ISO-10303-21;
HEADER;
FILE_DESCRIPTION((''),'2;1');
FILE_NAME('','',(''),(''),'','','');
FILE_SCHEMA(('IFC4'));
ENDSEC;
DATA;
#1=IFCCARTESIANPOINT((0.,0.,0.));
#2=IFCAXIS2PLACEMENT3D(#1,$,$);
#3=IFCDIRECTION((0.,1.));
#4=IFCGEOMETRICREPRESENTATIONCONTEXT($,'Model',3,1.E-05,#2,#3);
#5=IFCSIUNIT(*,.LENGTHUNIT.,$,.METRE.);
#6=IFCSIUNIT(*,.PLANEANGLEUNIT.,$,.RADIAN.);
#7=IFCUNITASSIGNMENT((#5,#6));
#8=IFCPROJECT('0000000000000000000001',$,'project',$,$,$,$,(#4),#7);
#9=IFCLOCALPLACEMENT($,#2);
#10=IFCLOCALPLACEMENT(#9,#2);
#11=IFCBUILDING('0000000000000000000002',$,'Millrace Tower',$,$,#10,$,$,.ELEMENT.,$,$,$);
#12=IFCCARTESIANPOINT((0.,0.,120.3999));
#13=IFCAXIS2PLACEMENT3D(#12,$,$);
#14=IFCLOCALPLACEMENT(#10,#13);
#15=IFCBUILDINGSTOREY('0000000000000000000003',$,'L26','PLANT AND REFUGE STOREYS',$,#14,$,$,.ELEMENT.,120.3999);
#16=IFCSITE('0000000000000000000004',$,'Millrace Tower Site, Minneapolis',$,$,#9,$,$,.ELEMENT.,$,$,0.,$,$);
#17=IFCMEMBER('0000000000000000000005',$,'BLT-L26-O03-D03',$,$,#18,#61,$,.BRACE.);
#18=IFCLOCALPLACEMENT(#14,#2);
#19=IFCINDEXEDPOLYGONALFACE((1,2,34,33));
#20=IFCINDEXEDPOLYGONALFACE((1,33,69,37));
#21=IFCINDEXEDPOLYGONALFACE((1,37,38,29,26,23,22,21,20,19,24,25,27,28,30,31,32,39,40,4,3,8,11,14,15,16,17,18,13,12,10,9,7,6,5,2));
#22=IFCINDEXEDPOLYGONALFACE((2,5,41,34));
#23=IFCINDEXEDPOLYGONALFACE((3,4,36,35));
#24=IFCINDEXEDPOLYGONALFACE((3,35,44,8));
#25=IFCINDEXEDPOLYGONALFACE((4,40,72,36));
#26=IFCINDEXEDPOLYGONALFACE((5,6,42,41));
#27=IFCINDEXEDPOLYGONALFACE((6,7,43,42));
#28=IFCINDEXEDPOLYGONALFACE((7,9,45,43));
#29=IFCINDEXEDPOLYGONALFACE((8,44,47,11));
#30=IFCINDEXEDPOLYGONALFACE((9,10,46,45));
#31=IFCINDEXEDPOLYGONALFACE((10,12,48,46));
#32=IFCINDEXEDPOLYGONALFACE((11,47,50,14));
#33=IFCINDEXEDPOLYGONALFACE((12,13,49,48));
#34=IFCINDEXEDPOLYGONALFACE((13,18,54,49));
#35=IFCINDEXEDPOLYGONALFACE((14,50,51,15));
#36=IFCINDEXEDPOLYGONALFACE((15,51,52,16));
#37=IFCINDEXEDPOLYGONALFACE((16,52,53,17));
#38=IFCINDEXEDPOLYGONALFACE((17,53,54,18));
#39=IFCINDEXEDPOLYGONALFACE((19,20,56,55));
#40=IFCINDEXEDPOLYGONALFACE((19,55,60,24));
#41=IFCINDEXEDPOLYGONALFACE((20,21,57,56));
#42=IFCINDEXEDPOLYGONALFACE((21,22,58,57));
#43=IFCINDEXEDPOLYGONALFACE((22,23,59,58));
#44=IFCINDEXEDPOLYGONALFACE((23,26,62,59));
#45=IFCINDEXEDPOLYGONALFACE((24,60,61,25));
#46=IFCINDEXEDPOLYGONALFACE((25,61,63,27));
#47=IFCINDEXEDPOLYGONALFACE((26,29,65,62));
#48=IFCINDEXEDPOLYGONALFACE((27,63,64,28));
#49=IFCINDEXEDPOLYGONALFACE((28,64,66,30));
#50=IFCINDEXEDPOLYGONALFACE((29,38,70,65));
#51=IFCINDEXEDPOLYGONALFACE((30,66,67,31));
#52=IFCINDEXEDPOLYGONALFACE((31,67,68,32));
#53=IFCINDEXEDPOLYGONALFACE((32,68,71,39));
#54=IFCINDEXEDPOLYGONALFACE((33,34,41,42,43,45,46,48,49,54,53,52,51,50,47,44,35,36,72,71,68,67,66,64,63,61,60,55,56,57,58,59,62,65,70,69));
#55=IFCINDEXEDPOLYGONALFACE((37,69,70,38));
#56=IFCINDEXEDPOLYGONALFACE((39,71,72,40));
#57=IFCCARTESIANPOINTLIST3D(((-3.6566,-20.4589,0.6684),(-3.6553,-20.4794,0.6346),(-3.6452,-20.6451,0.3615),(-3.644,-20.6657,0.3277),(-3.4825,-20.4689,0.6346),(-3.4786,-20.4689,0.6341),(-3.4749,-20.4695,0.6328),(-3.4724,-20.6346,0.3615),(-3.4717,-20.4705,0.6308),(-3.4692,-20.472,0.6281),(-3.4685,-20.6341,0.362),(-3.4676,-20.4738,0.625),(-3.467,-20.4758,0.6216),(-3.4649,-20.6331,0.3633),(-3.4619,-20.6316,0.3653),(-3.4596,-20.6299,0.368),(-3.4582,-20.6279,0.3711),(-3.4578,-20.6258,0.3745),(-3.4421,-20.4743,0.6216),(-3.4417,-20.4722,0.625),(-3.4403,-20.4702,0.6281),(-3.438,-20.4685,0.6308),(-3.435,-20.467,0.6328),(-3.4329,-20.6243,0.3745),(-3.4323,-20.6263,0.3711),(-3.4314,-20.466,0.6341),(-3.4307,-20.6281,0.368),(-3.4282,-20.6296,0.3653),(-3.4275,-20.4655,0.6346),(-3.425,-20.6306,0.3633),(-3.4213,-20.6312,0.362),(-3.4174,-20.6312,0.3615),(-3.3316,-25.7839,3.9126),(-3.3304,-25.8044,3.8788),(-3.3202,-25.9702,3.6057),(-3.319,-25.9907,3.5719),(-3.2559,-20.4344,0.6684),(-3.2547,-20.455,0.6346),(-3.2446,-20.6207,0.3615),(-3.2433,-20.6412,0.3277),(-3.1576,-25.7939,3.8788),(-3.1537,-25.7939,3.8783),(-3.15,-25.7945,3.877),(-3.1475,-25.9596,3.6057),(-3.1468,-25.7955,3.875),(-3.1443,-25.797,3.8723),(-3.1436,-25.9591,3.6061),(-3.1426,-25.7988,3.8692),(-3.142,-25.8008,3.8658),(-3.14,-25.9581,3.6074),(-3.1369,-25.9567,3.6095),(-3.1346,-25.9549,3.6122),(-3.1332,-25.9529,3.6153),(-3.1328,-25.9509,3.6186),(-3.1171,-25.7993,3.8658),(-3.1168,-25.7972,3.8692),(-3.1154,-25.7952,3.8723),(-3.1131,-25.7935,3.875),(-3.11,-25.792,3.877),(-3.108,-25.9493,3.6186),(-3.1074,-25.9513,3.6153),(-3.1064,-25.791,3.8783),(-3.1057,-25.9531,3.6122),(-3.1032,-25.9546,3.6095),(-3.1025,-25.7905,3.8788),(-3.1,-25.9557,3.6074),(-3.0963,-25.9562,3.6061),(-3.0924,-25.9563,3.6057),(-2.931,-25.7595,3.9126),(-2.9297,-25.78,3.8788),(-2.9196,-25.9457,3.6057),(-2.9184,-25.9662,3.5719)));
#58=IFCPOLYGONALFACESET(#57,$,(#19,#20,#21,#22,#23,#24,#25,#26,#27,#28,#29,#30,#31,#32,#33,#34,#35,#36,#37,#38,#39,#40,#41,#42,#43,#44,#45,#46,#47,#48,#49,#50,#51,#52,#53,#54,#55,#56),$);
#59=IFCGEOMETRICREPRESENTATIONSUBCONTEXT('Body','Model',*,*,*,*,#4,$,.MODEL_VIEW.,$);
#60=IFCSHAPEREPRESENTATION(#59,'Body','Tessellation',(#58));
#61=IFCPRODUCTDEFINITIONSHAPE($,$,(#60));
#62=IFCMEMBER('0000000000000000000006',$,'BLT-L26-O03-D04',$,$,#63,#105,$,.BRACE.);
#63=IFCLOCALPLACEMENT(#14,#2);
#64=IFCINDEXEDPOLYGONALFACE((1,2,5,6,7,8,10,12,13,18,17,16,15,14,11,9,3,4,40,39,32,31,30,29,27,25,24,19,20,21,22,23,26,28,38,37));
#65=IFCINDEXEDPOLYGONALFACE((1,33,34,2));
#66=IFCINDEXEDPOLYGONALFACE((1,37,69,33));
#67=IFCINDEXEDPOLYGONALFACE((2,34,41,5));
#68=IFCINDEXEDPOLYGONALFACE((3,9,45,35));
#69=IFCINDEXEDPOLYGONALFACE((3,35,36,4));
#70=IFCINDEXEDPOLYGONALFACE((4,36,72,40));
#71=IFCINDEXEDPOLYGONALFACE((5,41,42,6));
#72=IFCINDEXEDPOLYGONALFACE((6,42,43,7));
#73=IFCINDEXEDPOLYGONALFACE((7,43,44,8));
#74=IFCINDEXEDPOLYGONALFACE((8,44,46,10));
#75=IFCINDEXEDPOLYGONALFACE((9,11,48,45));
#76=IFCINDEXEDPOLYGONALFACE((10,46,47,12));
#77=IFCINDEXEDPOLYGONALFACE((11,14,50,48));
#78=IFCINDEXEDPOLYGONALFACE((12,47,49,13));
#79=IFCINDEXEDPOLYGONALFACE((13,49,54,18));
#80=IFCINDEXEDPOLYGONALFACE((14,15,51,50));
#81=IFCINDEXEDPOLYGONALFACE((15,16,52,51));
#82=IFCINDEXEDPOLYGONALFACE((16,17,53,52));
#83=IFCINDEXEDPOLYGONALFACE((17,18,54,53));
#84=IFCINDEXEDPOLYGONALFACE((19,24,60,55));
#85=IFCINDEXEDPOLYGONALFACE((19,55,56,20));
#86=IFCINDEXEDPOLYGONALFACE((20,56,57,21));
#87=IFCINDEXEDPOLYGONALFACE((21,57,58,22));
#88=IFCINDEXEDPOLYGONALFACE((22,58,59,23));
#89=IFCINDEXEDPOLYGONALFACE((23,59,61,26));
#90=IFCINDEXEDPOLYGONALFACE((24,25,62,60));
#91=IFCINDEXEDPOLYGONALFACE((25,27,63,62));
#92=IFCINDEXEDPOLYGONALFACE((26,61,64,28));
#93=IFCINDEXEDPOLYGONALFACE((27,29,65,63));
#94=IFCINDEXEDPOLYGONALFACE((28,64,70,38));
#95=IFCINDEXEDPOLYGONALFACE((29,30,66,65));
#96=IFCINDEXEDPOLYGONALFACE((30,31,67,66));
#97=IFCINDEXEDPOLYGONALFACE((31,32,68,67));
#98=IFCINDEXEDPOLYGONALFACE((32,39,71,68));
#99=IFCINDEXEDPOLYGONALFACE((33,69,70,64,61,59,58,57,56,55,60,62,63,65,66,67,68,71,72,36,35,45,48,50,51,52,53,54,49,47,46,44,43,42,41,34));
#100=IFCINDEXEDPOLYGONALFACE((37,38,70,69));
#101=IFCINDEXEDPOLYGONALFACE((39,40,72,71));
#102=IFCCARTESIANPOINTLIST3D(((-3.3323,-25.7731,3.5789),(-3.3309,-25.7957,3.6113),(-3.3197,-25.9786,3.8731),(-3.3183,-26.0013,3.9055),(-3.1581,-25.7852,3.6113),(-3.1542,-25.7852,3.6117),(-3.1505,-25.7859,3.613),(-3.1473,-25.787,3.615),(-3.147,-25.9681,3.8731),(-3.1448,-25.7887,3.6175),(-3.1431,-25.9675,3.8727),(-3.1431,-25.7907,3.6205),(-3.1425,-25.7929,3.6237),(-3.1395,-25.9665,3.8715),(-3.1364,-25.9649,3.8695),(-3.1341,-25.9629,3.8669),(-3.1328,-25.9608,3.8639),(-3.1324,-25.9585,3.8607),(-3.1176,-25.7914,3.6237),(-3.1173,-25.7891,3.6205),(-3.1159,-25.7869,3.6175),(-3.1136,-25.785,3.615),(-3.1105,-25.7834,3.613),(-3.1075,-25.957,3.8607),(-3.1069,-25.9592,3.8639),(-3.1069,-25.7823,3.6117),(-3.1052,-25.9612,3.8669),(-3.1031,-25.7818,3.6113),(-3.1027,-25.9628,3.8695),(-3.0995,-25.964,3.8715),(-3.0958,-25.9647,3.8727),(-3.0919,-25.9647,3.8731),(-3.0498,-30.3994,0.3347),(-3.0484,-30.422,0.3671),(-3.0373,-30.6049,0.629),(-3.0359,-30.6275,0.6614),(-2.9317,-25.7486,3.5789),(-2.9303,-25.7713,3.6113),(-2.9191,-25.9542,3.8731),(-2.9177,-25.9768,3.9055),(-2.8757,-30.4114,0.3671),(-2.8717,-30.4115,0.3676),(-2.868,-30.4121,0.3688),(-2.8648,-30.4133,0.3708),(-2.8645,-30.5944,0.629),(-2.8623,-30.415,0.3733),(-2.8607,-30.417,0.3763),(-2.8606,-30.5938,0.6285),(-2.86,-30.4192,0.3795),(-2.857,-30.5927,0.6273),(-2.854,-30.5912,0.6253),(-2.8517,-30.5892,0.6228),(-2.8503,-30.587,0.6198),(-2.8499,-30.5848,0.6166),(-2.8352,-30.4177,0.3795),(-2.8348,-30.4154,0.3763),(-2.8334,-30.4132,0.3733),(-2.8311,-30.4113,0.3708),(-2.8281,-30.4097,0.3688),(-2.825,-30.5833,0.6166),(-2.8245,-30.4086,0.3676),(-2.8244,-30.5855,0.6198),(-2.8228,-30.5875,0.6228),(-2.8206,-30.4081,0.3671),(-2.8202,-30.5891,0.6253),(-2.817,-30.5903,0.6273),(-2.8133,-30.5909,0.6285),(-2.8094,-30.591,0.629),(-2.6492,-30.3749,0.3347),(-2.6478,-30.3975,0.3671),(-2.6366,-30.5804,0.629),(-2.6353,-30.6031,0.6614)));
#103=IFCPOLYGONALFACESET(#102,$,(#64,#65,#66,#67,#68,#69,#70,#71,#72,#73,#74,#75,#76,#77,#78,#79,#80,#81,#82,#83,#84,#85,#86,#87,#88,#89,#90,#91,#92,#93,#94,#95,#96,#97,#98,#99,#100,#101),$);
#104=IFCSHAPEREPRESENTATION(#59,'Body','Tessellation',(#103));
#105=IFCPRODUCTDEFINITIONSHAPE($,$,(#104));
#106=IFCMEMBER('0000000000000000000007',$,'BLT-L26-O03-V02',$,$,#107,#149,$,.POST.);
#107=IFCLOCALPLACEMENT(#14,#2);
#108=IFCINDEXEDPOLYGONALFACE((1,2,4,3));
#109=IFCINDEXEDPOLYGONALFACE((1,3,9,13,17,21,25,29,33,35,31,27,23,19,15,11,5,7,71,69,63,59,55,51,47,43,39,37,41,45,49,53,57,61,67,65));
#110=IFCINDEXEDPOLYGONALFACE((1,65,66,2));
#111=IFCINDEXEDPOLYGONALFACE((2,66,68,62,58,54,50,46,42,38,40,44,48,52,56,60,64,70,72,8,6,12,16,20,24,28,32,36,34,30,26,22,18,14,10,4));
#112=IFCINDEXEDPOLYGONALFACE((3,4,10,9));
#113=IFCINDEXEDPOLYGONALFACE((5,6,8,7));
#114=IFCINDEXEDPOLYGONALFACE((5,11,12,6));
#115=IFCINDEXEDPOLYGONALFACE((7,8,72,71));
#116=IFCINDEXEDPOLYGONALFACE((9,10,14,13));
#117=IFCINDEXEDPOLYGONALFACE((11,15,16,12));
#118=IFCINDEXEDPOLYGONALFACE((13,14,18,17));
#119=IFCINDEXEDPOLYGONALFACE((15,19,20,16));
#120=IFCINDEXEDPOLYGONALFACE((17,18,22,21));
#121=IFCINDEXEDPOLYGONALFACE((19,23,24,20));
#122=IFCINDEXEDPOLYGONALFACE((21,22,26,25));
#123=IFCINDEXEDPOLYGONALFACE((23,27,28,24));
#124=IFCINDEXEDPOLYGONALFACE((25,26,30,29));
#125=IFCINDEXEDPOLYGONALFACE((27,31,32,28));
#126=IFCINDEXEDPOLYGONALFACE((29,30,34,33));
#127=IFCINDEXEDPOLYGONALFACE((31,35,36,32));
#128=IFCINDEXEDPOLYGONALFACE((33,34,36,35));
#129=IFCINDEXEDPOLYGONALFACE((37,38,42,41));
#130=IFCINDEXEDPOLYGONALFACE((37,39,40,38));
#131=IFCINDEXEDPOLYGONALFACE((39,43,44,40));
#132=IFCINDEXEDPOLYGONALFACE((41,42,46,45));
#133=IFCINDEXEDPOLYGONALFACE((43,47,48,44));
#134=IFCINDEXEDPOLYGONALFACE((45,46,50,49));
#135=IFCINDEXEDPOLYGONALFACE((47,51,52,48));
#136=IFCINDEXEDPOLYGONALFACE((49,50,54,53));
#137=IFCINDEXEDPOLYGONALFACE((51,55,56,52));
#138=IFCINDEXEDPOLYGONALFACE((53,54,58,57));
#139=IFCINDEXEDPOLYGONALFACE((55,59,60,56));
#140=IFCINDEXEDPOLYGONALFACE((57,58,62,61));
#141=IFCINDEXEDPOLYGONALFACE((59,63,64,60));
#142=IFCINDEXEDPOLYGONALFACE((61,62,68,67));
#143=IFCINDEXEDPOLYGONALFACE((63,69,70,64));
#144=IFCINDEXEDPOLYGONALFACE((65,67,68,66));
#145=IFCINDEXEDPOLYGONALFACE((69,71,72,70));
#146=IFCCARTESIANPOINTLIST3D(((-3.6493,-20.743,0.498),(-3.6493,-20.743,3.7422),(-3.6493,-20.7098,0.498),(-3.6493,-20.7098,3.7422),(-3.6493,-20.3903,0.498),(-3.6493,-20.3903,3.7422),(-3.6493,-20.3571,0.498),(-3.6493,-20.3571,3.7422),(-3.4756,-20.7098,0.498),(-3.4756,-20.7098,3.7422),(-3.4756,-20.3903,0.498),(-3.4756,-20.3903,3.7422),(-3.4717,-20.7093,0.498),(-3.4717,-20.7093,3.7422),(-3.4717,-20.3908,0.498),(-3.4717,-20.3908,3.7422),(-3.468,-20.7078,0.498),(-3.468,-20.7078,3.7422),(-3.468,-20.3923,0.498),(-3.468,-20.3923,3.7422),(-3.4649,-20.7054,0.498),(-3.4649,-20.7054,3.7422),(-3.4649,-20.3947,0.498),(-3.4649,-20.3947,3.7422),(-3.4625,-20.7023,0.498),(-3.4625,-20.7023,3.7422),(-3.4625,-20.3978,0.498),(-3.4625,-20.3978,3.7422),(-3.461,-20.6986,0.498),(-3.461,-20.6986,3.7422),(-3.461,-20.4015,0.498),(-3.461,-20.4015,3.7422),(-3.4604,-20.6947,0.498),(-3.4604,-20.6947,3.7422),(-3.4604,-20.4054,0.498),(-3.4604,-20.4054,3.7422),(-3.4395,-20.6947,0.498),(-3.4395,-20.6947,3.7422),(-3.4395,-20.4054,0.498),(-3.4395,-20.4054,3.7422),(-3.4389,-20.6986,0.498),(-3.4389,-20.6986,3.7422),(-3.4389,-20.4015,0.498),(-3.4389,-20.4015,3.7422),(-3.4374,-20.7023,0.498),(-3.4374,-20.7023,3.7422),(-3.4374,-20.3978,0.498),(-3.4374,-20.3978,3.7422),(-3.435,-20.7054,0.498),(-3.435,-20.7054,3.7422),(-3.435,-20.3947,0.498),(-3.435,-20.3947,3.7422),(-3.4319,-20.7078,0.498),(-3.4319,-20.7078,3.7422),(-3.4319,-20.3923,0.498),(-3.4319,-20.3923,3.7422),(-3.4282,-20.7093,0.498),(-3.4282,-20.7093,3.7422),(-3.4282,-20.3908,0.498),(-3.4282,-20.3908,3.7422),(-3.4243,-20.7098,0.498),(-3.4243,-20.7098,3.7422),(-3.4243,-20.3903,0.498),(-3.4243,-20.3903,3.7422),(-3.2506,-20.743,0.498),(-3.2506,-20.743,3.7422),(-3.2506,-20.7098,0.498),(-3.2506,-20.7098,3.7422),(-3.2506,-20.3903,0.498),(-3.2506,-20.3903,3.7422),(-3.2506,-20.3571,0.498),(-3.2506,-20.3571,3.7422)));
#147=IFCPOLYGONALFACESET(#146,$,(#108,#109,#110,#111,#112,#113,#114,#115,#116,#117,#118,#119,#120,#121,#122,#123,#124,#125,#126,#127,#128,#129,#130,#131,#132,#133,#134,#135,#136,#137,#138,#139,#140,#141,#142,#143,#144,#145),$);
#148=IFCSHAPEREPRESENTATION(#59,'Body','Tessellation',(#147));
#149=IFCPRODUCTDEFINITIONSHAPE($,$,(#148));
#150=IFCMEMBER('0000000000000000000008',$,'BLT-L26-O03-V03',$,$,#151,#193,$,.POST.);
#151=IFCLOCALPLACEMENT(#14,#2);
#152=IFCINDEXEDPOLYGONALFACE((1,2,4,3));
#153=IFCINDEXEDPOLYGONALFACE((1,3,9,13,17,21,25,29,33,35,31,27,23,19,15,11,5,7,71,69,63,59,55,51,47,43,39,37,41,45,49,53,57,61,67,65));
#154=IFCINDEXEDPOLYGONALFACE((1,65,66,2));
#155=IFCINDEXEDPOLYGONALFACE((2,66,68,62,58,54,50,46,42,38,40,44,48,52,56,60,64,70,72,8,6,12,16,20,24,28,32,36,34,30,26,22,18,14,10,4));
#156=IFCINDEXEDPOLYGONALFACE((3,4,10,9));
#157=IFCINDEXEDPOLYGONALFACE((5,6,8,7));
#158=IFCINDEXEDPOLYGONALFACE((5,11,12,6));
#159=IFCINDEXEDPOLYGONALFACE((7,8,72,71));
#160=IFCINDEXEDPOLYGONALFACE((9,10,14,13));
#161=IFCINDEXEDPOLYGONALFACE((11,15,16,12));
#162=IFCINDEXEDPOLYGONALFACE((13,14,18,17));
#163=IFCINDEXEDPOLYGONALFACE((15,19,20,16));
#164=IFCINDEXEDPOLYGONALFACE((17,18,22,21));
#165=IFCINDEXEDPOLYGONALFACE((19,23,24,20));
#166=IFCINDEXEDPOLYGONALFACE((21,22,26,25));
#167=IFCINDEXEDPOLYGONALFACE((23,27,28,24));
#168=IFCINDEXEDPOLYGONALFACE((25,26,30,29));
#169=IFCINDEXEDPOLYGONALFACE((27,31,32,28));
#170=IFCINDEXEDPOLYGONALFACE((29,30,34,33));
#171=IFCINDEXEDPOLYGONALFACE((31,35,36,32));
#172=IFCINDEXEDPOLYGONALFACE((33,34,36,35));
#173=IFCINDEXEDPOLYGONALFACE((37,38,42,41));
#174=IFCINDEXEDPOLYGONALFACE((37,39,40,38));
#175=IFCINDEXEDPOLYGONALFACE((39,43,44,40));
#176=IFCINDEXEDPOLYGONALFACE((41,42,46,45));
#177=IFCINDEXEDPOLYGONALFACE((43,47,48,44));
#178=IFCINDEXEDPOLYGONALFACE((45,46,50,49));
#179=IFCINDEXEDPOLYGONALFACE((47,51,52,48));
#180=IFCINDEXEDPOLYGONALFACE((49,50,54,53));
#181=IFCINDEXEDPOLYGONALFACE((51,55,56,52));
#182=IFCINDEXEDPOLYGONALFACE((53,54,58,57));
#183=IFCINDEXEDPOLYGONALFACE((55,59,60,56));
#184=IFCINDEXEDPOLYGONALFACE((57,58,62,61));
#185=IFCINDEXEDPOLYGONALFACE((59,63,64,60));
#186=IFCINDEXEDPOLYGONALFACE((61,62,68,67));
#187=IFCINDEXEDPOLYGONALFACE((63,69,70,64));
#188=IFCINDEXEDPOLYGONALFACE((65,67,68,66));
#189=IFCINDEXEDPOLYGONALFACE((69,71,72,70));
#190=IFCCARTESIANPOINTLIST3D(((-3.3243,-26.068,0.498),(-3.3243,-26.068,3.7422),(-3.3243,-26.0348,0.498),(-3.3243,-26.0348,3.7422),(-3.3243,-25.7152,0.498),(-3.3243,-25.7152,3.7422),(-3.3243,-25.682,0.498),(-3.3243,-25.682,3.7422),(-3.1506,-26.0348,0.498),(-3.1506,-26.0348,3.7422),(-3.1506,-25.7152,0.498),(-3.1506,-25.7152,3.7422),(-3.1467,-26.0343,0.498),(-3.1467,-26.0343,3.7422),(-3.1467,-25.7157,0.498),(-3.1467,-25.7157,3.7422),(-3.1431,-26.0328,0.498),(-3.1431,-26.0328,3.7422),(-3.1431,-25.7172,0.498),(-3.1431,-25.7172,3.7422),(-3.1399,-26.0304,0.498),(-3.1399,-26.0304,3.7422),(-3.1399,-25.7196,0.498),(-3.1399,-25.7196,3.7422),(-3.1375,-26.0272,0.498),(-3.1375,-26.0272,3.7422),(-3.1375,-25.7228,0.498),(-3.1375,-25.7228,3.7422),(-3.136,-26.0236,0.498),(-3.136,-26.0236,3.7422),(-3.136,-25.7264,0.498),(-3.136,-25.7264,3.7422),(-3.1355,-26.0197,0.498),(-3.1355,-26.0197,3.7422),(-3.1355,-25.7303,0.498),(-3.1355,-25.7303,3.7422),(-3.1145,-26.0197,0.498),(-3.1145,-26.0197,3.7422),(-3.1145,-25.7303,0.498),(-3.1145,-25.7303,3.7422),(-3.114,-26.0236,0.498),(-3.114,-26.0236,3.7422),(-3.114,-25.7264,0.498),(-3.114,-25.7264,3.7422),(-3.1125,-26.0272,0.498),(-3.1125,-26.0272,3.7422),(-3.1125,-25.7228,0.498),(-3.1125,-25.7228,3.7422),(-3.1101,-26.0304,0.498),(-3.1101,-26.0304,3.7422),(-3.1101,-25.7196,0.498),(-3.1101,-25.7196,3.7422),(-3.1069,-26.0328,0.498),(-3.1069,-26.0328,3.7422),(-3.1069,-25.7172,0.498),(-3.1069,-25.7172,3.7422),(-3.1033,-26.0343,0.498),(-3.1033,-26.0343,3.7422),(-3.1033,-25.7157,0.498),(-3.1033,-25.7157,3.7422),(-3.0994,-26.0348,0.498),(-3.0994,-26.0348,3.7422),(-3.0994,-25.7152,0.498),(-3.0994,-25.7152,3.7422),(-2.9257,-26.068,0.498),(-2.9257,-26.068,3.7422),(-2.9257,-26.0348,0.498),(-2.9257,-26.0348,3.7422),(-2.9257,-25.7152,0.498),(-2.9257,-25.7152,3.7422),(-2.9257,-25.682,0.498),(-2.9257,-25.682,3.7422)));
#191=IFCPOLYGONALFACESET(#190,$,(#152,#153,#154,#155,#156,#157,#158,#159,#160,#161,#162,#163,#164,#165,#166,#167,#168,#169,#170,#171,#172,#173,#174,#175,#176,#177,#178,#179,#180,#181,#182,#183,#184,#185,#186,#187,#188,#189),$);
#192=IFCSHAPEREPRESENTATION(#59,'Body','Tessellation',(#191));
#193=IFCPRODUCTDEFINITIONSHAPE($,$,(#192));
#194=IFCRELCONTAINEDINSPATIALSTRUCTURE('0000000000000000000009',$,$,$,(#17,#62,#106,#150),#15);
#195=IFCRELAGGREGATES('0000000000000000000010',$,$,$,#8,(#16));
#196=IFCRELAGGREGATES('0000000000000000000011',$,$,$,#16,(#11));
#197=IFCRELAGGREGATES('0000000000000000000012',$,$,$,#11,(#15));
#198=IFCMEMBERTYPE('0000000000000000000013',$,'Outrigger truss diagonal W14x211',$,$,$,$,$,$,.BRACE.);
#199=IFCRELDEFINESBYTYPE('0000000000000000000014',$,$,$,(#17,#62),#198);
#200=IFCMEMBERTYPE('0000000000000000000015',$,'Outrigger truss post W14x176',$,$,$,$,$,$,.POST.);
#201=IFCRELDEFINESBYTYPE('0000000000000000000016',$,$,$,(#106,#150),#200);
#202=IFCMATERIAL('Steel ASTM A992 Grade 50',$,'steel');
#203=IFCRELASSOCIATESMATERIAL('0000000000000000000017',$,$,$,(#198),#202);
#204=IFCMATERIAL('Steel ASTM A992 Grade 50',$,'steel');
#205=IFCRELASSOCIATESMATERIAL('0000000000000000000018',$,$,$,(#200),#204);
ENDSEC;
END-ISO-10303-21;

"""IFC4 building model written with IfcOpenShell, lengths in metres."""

from ifc_helpers import new_model, si_unit, direction, frame, origin, origin_2d, place, context, subcontext, project, spatial, i_section, extrude, material, material_profile, profile_set, type_object, element, save


model = new_model("IFC4")

# Units and contexts
model_context = context("Model", 3, precision=1e-05, world=origin(), true_north=direction((0.0, 1.0)))
body_context = subcontext(model_context, "Body", "Model", "MODEL_VIEW")
ifc_project = project(units=[si_unit("LENGTHUNIT", "METRE"), si_unit("PLANEANGLEUNIT", "RADIAN")], contexts=[model_context])

# Site, building, storey
site_placement = place(None, origin())
site = spatial("IfcSite", under=ifc_project, at=site_placement, Name="Millrace Tower Site, Minneapolis", CompositionType="ELEMENT", RefElevation=0.0)
building_placement = place(site_placement, origin())
building = spatial("IfcBuilding", under=site, at=building_placement, Name="Millrace Tower", CompositionType="ELEMENT")
storey_placement = place(building_placement, frame((0.0, 0.0, 120.3999)))
storey = spatial("IfcBuildingStorey", under=building, at=storey_placement, Name="L26", Description="PLANT AND REFUGE STOREYS", CompositionType="ELEMENT", Elevation=120.3999)

# Members
ifc_material_1 = material(Name="Steel ASTM A992 Grade 50", Category="steel")
ifc_material_profile_1 = material_profile(ifc_material_1, i_section(OverallWidth=0.4014, OverallDepth=0.3987, WebThickness=0.0249, FlangeThickness=0.0396, FilletRadius=0.0151, at=origin_2d()))
ifc_profile_set_1 = profile_set([ifc_material_profile_1], Name="Steel ASTM A992 Grade 50")
member_type_1 = type_object("IfcMemberType", Name="Outrigger truss diagonal W14x211", PredefinedType="BRACE", material=ifc_profile_set_1)
member_1_placement = place(storey_placement, frame((-3.45, -20.55, 0.498), z_axis=(0.052044, -0.852837, 0.519577), x_axis=(0.998143, 0.060911, 0.0)))
element("IfcMember", 1, at=member_1_placement, inside=storey, type_object=member_type_1, Name="BLT-L26-O03-D03", PredefinedType="BRACE", context=body_context, shape_type="SweptSolid", body=[
    extrude(i_section(OverallWidth=0.4014, OverallDepth=0.3987, WebThickness=0.0249, FlangeThickness=0.0396, FilletRadius=0.0151, at=origin_2d()), origin(), (0.0, 0.0, 1.0), 6.2439),
])
member_2_placement = place(storey_placement, frame((-2.8425, -30.5012, 0.498), z_axis=(-0.049929, 0.817729, 0.573433), x_axis=(-0.998141, -0.060945, 0.0)))
element("IfcMember", 2, at=member_2_placement, inside=storey, type_object=member_type_1, Name="BLT-L26-O03-D04", PredefinedType="BRACE", context=body_context, shape_type="SweptSolid", body=[
    extrude(i_section(OverallWidth=0.4014, OverallDepth=0.3987, WebThickness=0.0249, FlangeThickness=0.0396, FilletRadius=0.0151, at=origin_2d()), origin(), (0.0, 0.0, 1.0), 5.6575),
])
ifc_material_2 = material(Name="Steel ASTM A992 Grade 50", Category="steel")
ifc_material_profile_2 = material_profile(ifc_material_2, i_section(OverallWidth=0.3987, OverallDepth=0.386, WebThickness=0.021, FlangeThickness=0.0332, FilletRadius=0.0151, at=origin_2d()))
ifc_profile_set_2 = profile_set([ifc_material_profile_2], Name="Steel ASTM A992 Grade 50")
member_type_2 = type_object("IfcMemberType", Name="Outrigger truss post W14x176", PredefinedType="POST", material=ifc_profile_set_2)
for number, where, z_axis, x_axis, name in (
    (3, (-3.45, -20.55, 0.498), (0.0, 0.0, 1.0), (1.0, 0.0, 0.0), "BLT-L26-O03-V02"),
    (4, (-3.125, -25.875, 0.498), (0.0, 0.0, 1.0), (1.0, 0.0, 0.0), "BLT-L26-O03-V03"),
):
    element("IfcMember", number, at=place(storey_placement, frame(where, z_axis=z_axis, x_axis=x_axis)), inside=storey, type_object=member_type_2, Name=name, PredefinedType="POST", context=body_context, shape_type="SweptSolid", body=[
        extrude(i_section(OverallWidth=0.3987, OverallDepth=0.386, WebThickness=0.021, FlangeThickness=0.0332, FilletRadius=0.0151, at=origin_2d()), origin(), (0.0, 0.0, 1.0), 3.2441),
    ])

save(model, "model.ifc")
